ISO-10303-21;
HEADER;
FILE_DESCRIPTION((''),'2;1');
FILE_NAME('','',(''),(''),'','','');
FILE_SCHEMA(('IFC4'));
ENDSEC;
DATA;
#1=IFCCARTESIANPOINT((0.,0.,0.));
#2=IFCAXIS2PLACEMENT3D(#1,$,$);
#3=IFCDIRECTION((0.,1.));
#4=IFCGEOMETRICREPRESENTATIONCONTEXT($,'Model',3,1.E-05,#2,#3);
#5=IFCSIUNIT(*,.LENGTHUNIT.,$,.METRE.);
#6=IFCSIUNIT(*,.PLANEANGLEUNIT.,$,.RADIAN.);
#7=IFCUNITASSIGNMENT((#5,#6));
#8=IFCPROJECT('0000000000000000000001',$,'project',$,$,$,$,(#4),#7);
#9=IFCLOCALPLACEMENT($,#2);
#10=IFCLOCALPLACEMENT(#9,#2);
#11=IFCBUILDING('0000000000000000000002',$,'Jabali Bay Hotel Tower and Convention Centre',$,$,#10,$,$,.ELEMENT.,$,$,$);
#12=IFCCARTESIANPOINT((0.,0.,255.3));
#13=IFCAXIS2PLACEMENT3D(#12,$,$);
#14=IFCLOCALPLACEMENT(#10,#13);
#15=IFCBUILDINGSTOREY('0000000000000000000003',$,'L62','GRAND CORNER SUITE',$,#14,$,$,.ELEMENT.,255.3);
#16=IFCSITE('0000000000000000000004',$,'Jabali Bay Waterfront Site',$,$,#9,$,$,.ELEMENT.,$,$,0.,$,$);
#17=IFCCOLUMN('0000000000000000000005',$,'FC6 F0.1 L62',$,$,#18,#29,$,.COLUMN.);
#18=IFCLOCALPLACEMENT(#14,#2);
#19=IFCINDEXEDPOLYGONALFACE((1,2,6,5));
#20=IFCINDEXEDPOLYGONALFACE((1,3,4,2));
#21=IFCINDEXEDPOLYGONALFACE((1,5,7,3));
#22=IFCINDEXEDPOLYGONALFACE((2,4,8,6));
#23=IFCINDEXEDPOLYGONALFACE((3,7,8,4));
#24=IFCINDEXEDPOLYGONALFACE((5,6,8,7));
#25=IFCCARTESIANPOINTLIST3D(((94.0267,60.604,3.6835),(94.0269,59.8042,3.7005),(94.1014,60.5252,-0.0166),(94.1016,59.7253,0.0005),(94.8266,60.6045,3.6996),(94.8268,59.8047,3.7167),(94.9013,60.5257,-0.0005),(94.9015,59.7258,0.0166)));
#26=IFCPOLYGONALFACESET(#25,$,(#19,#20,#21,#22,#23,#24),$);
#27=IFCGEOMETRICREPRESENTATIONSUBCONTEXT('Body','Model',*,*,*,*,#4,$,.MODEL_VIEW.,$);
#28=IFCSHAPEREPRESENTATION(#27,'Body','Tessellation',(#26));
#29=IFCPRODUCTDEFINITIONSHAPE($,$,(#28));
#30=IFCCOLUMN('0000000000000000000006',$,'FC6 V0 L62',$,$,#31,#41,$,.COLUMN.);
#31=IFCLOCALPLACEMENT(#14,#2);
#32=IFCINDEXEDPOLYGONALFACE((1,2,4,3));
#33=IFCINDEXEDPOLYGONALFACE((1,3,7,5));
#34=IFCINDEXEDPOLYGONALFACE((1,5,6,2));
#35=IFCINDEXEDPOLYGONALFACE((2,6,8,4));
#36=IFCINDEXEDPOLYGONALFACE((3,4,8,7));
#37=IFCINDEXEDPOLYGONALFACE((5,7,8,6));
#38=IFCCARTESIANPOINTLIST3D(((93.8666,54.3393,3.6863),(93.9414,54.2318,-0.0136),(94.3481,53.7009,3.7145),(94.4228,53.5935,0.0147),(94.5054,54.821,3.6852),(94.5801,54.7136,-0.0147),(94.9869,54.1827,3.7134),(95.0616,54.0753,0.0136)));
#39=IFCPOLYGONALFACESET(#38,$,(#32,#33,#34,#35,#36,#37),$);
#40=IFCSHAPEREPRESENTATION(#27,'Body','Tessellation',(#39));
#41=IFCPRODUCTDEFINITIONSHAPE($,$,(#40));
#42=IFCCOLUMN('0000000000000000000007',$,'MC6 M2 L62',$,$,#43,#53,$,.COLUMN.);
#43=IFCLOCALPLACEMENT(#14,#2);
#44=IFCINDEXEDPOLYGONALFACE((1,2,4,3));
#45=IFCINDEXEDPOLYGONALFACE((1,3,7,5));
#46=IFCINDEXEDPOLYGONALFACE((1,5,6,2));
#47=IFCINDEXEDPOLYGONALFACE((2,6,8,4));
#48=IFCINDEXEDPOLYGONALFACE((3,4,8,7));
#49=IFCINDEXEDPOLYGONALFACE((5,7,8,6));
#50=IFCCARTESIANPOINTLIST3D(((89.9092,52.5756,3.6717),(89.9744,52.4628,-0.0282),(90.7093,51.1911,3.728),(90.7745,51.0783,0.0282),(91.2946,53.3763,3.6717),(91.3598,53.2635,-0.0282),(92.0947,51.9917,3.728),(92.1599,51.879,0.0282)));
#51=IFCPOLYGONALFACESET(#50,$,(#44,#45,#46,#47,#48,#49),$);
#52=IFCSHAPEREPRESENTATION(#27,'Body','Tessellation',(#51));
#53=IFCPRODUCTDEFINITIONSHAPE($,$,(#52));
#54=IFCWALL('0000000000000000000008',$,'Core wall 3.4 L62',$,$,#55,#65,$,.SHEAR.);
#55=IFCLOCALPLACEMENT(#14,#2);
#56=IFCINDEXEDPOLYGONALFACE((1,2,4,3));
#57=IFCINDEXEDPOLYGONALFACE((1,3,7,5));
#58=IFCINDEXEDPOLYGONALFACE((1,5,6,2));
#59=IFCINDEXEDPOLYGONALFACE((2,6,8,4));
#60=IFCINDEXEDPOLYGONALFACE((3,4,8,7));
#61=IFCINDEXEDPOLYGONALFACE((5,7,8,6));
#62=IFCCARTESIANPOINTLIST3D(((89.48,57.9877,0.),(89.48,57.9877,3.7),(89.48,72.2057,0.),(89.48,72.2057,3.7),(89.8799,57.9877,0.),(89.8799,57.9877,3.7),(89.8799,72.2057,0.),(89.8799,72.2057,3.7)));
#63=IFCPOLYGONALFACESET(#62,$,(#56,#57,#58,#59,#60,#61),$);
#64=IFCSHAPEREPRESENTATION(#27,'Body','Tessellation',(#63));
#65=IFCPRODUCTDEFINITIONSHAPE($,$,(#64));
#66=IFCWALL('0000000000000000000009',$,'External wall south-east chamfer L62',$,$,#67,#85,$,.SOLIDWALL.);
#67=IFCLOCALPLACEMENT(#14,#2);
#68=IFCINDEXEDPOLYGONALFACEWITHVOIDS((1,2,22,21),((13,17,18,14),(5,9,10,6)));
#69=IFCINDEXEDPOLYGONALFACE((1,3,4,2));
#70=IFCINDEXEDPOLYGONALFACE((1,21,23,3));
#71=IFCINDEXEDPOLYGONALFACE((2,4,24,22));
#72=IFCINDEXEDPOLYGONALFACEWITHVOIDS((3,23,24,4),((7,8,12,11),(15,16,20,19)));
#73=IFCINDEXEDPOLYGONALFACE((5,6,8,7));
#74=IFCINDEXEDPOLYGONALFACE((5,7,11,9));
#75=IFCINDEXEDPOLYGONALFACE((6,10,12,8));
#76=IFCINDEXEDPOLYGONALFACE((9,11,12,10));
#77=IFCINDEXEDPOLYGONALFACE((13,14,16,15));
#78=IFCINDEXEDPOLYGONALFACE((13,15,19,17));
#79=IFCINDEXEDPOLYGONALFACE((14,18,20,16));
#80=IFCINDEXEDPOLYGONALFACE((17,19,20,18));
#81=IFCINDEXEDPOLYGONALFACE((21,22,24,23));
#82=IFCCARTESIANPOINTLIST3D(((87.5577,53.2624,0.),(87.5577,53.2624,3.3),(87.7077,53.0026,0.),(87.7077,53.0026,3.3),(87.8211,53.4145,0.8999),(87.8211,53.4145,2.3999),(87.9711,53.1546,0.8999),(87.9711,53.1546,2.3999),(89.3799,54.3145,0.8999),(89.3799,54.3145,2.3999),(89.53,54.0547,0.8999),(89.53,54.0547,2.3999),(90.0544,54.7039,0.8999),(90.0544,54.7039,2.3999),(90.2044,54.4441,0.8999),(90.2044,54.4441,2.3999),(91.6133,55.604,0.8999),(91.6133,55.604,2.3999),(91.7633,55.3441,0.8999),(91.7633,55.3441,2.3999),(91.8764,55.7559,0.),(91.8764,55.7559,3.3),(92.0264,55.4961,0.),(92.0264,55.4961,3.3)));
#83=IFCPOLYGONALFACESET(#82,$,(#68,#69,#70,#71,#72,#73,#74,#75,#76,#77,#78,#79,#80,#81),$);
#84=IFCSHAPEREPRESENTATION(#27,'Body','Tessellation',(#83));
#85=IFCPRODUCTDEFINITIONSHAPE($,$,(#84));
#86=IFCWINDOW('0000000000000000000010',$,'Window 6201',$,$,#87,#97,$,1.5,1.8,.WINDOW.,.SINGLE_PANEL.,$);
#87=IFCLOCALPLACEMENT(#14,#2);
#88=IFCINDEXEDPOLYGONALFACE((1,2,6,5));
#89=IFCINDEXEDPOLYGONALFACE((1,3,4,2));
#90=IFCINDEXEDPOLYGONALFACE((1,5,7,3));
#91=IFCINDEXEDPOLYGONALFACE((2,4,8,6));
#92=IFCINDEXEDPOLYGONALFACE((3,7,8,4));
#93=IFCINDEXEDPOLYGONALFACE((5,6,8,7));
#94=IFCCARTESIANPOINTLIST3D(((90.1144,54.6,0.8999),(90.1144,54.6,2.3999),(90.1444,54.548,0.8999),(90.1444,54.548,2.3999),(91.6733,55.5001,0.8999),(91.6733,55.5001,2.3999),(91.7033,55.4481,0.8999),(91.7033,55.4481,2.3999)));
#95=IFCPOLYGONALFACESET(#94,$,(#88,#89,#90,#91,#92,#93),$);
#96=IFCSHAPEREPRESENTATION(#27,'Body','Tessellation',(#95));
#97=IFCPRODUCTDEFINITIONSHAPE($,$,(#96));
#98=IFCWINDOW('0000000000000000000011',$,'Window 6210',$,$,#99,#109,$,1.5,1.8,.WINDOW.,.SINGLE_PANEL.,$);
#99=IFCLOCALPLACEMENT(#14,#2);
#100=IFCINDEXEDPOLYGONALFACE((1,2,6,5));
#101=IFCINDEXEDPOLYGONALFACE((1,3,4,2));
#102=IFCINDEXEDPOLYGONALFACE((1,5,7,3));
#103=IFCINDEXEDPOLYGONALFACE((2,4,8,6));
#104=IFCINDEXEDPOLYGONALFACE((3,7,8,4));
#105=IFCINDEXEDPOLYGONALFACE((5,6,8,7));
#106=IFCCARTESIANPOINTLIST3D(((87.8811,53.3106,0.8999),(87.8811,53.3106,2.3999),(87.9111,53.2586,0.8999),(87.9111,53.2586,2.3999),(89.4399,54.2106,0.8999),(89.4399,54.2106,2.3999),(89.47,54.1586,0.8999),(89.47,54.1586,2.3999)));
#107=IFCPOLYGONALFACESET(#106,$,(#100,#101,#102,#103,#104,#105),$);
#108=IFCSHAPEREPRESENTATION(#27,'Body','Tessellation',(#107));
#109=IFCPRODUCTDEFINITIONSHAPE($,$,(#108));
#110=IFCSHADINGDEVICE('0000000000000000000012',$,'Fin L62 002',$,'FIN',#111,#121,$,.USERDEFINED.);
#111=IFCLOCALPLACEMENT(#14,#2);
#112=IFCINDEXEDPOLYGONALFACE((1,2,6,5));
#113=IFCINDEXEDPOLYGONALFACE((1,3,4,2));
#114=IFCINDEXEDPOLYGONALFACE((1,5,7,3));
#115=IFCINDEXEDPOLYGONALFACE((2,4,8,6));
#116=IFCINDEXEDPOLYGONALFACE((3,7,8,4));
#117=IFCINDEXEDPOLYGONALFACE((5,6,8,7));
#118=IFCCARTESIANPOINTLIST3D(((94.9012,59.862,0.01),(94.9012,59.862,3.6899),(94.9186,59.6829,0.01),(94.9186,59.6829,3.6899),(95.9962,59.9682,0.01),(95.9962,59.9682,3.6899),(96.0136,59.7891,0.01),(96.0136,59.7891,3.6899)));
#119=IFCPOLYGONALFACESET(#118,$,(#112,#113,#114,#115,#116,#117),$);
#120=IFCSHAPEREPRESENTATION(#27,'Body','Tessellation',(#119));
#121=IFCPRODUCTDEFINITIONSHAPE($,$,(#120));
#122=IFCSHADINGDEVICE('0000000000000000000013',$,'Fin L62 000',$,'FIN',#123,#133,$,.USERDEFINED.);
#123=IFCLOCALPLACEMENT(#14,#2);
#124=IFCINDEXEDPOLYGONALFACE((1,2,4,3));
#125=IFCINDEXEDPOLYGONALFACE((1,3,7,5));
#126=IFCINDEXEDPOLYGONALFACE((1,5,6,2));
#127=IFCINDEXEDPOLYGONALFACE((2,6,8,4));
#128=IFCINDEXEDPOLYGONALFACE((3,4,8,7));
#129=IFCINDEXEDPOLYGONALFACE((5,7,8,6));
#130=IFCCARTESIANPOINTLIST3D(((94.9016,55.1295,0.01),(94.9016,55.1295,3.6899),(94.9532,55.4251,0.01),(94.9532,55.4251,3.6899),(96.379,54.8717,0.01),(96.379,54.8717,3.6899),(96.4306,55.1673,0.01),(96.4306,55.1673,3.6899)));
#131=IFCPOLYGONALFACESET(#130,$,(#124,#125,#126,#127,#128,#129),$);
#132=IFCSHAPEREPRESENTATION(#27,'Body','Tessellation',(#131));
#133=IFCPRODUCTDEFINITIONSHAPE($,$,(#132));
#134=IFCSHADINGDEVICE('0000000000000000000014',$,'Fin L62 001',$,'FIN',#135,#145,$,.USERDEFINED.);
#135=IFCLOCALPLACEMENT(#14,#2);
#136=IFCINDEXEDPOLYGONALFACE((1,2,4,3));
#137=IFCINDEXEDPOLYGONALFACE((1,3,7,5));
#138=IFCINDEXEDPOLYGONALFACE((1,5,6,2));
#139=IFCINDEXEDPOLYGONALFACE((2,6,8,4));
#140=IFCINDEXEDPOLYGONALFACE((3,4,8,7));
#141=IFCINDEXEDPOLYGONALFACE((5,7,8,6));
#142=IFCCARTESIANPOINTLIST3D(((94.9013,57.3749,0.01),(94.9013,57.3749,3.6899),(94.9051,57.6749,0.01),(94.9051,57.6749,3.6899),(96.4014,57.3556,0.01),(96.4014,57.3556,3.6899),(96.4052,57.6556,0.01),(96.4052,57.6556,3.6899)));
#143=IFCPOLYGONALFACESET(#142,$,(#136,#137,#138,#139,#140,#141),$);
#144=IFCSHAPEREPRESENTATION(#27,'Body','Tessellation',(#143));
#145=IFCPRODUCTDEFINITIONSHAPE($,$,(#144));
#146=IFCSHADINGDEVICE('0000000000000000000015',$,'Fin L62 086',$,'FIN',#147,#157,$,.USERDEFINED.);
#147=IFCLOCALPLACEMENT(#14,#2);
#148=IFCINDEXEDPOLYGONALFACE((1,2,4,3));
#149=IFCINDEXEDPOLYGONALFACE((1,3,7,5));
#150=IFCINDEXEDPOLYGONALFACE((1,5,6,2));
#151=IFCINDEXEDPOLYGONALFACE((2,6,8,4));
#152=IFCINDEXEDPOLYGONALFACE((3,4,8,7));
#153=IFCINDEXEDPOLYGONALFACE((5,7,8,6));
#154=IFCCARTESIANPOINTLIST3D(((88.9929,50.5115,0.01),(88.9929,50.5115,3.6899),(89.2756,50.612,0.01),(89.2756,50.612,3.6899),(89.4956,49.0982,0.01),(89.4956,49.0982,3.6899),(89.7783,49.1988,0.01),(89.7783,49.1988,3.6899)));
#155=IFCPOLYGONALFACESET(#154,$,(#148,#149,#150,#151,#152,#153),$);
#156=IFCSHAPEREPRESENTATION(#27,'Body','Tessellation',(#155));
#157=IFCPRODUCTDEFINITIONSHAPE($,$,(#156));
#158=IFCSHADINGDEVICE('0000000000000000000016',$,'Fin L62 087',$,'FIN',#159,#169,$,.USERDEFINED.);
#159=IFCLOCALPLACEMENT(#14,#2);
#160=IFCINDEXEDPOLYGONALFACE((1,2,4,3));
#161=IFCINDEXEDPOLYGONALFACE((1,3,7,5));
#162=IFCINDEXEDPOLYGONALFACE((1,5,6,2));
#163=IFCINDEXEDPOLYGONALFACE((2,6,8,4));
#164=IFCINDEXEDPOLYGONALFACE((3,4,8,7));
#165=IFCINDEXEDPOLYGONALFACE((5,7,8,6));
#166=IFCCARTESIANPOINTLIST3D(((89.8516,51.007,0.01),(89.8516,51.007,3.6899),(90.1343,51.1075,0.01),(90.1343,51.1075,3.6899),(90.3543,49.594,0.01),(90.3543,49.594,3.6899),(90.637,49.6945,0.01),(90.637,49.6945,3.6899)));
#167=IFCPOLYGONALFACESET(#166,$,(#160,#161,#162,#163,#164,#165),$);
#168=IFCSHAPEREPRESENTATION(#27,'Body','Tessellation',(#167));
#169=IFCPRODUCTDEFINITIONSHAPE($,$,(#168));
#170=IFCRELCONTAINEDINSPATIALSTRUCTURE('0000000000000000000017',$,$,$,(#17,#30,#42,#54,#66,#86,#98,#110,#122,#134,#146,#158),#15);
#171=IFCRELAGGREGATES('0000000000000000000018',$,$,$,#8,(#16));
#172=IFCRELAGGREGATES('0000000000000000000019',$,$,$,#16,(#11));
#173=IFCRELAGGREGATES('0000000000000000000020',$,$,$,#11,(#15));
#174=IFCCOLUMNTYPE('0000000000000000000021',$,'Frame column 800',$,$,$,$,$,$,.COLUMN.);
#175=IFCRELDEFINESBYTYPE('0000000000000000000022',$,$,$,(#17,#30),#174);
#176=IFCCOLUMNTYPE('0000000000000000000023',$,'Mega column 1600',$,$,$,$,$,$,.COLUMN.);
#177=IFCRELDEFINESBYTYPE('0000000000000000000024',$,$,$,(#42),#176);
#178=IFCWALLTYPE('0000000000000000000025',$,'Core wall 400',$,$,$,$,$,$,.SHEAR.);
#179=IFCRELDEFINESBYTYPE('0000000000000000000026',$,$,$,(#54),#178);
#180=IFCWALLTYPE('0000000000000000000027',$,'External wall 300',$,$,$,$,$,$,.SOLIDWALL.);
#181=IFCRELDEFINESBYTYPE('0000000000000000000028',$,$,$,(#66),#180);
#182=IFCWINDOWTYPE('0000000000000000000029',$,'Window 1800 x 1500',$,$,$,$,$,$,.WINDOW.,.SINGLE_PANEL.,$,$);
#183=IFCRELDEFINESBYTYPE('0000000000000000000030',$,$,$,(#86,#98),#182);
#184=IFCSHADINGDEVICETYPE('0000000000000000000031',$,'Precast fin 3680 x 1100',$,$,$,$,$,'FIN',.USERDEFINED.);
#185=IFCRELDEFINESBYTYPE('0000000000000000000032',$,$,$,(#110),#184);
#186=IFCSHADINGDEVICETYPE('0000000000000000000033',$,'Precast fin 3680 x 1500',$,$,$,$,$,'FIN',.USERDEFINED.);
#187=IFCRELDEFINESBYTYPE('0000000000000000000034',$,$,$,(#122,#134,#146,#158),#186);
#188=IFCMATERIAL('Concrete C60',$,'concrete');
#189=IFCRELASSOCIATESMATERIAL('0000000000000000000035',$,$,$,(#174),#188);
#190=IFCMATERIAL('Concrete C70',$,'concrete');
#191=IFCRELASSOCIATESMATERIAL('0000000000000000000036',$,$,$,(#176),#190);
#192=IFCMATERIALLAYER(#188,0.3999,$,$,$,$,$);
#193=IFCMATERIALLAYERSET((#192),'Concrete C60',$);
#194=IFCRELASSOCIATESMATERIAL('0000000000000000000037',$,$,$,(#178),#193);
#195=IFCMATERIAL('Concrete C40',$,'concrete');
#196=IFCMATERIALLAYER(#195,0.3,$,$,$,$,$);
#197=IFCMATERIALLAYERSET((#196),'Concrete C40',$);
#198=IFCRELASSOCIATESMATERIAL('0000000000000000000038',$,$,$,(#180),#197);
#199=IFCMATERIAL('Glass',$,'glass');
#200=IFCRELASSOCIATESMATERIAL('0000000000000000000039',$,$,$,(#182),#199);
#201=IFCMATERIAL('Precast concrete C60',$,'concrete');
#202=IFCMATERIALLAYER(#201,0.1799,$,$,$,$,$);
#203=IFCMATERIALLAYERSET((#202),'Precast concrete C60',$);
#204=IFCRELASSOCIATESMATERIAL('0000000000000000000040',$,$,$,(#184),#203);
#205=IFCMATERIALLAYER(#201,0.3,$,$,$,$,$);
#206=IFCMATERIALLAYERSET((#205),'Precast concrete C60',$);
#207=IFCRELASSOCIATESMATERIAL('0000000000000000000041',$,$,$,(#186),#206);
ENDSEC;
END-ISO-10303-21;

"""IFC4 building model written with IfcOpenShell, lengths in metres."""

from ifc_helpers import new_model, si_unit, direction, frame, frame_2d, origin, origin_2d, place, context, subcontext, project, spatial, rectangle, extrude, material, layer, layer_set, material_profile, profile_set, type_object, element, fill, save


model = new_model("IFC4")

# Units and contexts
model_context = context("Model", 3, precision=1e-05, world=origin(), true_north=direction((0.0, 1.0)))
body_context = subcontext(model_context, "Body", "Model", "MODEL_VIEW")
ifc_project = project(units=[si_unit("LENGTHUNIT", "METRE"), si_unit("PLANEANGLEUNIT", "RADIAN")], contexts=[model_context])

# Site, building, storey
site_placement = place(None, origin())
site = spatial("IfcSite", under=ifc_project, at=site_placement, Name="Jabali Bay Waterfront Site", CompositionType="ELEMENT", RefElevation=0.0)
building_placement = place(site_placement, origin())
building = spatial("IfcBuilding", under=site, at=building_placement, Name="Jabali Bay Hotel Tower and Convention Centre", CompositionType="ELEMENT")
storey_placement = place(building_placement, frame((0.0, 0.0, 255.3)))
storey = spatial("IfcBuildingStorey", under=building, at=storey_placement, Name="L62", Description="GRAND CORNER SUITE", CompositionType="ELEMENT", Elevation=255.3)

# Columns
ifc_material_1 = material(Name="Concrete C60", Category="concrete")
ifc_material_profile_1 = material_profile(ifc_material_1, rectangle(XDim=0.8, YDim=0.8, at=origin_2d()), Name="Frame column 800")
ifc_profile_set_1 = profile_set([ifc_material_profile_1], Name="Concrete C60")
column_type_1 = type_object("IfcColumnType", Name="Frame column 800", PredefinedType="COLUMN", material=ifc_profile_set_1)
column_1_placement = place(storey_placement, frame((94.5015, 60.1255, 0.0), z_axis=(-0.020183, 0.021304, 0.999569), x_axis=(0.000228, -0.999773, 0.021313)))
element("IfcColumn", 1, at=column_1_placement, inside=storey, type_object=column_type_1, Name="FC6 F0.1 L62", PredefinedType="COLUMN", context=body_context, shape_type="SweptSolid", body=[
    extrude(rectangle(XDim=0.8, YDim=0.8, at=origin_2d()), origin(), (0.0, 0.0, 1.0), 3.7017),
])
column_2_placement = place(storey_placement, frame((94.5015, 54.1536, 0.0), z_axis=(-0.020179, 0.029015, 0.999375), x_axis=(-0.798376, -0.602158, 0.001362)))
element("IfcColumn", 2, at=column_2_placement, inside=storey, type_object=column_type_1, Name="FC6 V0 L62", PredefinedType="COLUMN", context=body_context, shape_type="SweptSolid", body=[
    extrude(rectangle(XDim=0.8, YDim=0.8, at=origin_2d()), origin(), (0.0, 0.0, 1.0), 3.7021),
])
ifc_material_2 = material(Name="Concrete C70", Category="concrete")
ifc_material_profile_2 = material_profile(ifc_material_2, rectangle(XDim=1.6001, YDim=1.6001, at=origin_2d()), Name="Mega column 1600")
ifc_profile_set_2 = profile_set([ifc_material_profile_2], Name="Concrete C70")
column_type_2 = type_object("IfcColumnType", Name="Mega column 1600", PredefinedType="COLUMN", material=ifc_profile_set_2)
column_3_placement = place(storey_placement, frame((91.0671, 52.1709, 0.0), z_axis=(-0.017607, 0.030466, 0.999381), x_axis=(0.500061, -0.865275, 0.035188)))
element("IfcColumn", 3, at=column_3_placement, inside=storey, type_object=column_type_2, Name="MC6 M2 L62", PredefinedType="COLUMN", context=body_context, shape_type="SweptSolid", body=[
    extrude(rectangle(XDim=1.6001, YDim=1.6001, at=origin_2d()), origin(), (0.0, 0.0, 1.0), 3.7021),
])

# Wall
ifc_layer_1 = layer(ifc_material_1, 0.3999)
ifc_layer_set_1 = layer_set([ifc_layer_1], Name="Concrete C60")
wall_type_1 = type_object("IfcWallType", Name="Core wall 400", PredefinedType="SHEAR", material=ifc_layer_set_1)
wall_1_placement = place(storey_placement, frame((89.6799, 57.9878, 0.0), z_axis=(0.0, 0.0, 1.0), x_axis=(0.0, 1.0, 0.0)))
element("IfcWall", 4, at=wall_1_placement, inside=storey, type_object=wall_type_1, Name="Core wall 3.4 L62", PredefinedType="SHEAR", context=body_context, shape_type="SweptSolid", body=[
    extrude(rectangle(XDim=14.218, YDim=0.3999, at=frame_2d((7.1089, 0.0))), origin(), (0.0, 0.0, 1.0), 3.7),
])

# Wall, openings, windows
ifc_material_3 = material(Name="Concrete C40", Category="concrete")
ifc_layer_2 = layer(ifc_material_3, 0.3)
ifc_layer_set_2 = layer_set([ifc_layer_2], Name="Concrete C40")
wall_type_2 = type_object("IfcWallType", Name="External wall 300", PredefinedType="SOLIDWALL", material=ifc_layer_set_2)
wall_2_placement = place(storey_placement, frame((91.9514, 55.626, 0.0), z_axis=(0.0, 0.0, 1.0), x_axis=(-0.86602, -0.500009, 0.0)))
wall_2 = element("IfcWall", 5, at=wall_2_placement, inside=storey, type_object=wall_type_2, Name="External wall south-east chamfer L62", PredefinedType="SOLIDWALL", context=body_context, shape_type="SweptSolid", body=[
    extrude(rectangle(XDim=4.9868, YDim=0.3, at=frame_2d((2.4934, 0.0))), origin(), (0.0, 0.0, 1.0), 3.3),
])
opening_1_placement = place(wall_2_placement, frame((0.304, 0.0, 0.8999)))
opening_1 = element("IfcOpeningElement", 6, at=opening_1_placement, cuts=wall_2, PredefinedType="OPENING", context=body_context, shape_type="SweptSolid", body=[
    extrude(rectangle(XDim=1.8, YDim=1.5, at=frame_2d((0.8999, 0.75))), frame((0.0, 0.1606, 0.0), z_axis=(0.0, -1.0, 0.0), x_axis=(1.0, 0.0, 0.0)), (0.0, 0.0, 1.0), 0.321),
])
opening_2_placement = place(wall_2_placement, frame((2.8828, 0.0, 0.8999)))
opening_2 = element("IfcOpeningElement", 7, at=opening_2_placement, cuts=wall_2, PredefinedType="OPENING", context=body_context, shape_type="SweptSolid", body=[
    extrude(rectangle(XDim=1.8, YDim=1.5, at=frame_2d((0.8999, 0.75))), frame((0.0, 0.1606, 0.0), z_axis=(0.0, -1.0, 0.0), x_axis=(1.0, 0.0, 0.0)), (0.0, 0.0, 1.0), 0.321),
])
ifc_material_4 = material(Name="Glass", Category="glass")
window_type = type_object("IfcWindowType", Name="Window 1800 x 1500", PartitioningType="SINGLE_PANEL", PredefinedType="WINDOW", material=ifc_material_4)
window_1_placement = place(opening_1_placement, origin())
window_1 = element("IfcWindow", 8, at=window_1_placement, inside=storey, type_object=window_type, Name="Window 6201", OverallHeight=1.5, OverallWidth=1.8, PartitioningType="SINGLE_PANEL", PredefinedType="WINDOW", context=body_context, shape_type="SweptSolid", body=[
    extrude(rectangle(XDim=1.8, YDim=1.5, at=frame_2d((0.8999, 0.75))), frame((0.0, 0.03, 0.0), z_axis=(0.0, -1.0, 0.0), x_axis=(1.0, 0.0, 0.0)), (0.0, 0.0, 1.0), 0.0601),
])
fill(opening_1, window_1)
window_2_placement = place(opening_2_placement, origin())
window_2 = element("IfcWindow", 9, at=window_2_placement, inside=storey, type_object=window_type, Name="Window 6210", OverallHeight=1.5, OverallWidth=1.8, PartitioningType="SINGLE_PANEL", PredefinedType="WINDOW", context=body_context, shape_type="SweptSolid", body=[
    extrude(rectangle(XDim=1.8, YDim=1.5, at=frame_2d((0.8999, 0.75))), frame((0.0, 0.03, 0.0), z_axis=(0.0, -1.0, 0.0), x_axis=(1.0, 0.0, 0.0)), (0.0, 0.0, 1.0), 0.0601),
])
fill(opening_2, window_2)

# Shading devices
ifc_material_5 = material(Name="Precast concrete C60", Category="concrete")
ifc_layer_3 = layer(ifc_material_5, 0.1799)
ifc_layer_set_3 = layer_set([ifc_layer_3], Name="Precast concrete C60")
shading_device_type_1 = type_object("IfcShadingDeviceType", Name="Precast fin 3680 x 1100", ElementType="FIN", PredefinedType="USERDEFINED", material=ifc_layer_set_3)
shading_device_1_placement = place(storey_placement, frame((94.9099, 59.7725, 0.01), z_axis=(0.0, 0.0, 1.0), x_axis=(0.995329, 0.096537, 0.0)))
element("IfcShadingDevice", 10, at=shading_device_1_placement, inside=storey, type_object=shading_device_type_1, Name="Fin L62 002", ObjectType="FIN", PredefinedType="USERDEFINED", context=body_context, shape_type="SweptSolid", body=[
    extrude(rectangle(XDim=1.1001, YDim=0.1799, at=frame_2d((0.55, 0.0))), origin(), (0.0, 0.0, 1.0), 3.6799),
])
ifc_layer_4 = layer(ifc_material_5, 0.3)
ifc_layer_set_4 = layer_set([ifc_layer_4], Name="Precast concrete C60")
shading_device_type_2 = type_object("IfcShadingDeviceType", Name="Precast fin 3680 x 1500", ElementType="FIN", PredefinedType="USERDEFINED", material=ifc_layer_set_4)
shading_device_2_placement = place(storey_placement, frame((94.9272, 55.2773, 0.01), z_axis=(0.0, 0.0, 1.0), x_axis=(0.985116, -0.171891, 0.0)))
element("IfcShadingDevice", 11, at=shading_device_2_placement, inside=storey, type_object=shading_device_type_2, Name="Fin L62 000", ObjectType="FIN", PredefinedType="USERDEFINED", context=body_context, shape_type="SweptSolid", body=[
    extrude(rectangle(XDim=1.4998, YDim=0.3, at=frame_2d((0.75, 0.0))), origin(), (0.0, 0.0, 1.0), 3.6799),
])
shading_device_3_placement = place(storey_placement, frame((94.9033, 57.5249, 0.01), z_axis=(0.0, 0.0, 1.0), x_axis=(0.999917, -0.012857, 0.0)))
element("IfcShadingDevice", 12, at=shading_device_3_placement, inside=storey, type_object=shading_device_type_2, Name="Fin L62 001", ObjectType="FIN", PredefinedType="USERDEFINED", context=body_context, shape_type="SweptSolid", body=[
    extrude(rectangle(XDim=1.5002, YDim=0.3, at=frame_2d((0.75, 0.0))), origin(), (0.0, 0.0, 1.0), 3.6799),
])
shading_device_4_placement = place(storey_placement, frame((89.1343, 50.5618, 0.01), z_axis=(0.0, 0.0, 1.0), x_axis=(0.335109, -0.942179, 0.0)))
element("IfcShadingDevice", 13, at=shading_device_4_placement, inside=storey, type_object=shading_device_type_2, Name="Fin L62 086", ObjectType="FIN", PredefinedType="USERDEFINED", context=body_context, shape_type="SweptSolid", body=[
    extrude(rectangle(XDim=1.5, YDim=0.3, at=frame_2d((0.75, 0.0))), origin(), (0.0, 0.0, 1.0), 3.6799),
])
shading_device_5_placement = place(storey_placement, frame((89.9929, 51.0574, 0.01), z_axis=(0.0, 0.0, 1.0), x_axis=(0.335161, -0.942161, 0.0)))
element("IfcShadingDevice", 14, at=shading_device_5_placement, inside=storey, type_object=shading_device_type_2, Name="Fin L62 087", ObjectType="FIN", PredefinedType="USERDEFINED", context=body_context, shape_type="SweptSolid", body=[
    extrude(rectangle(XDim=1.4998, YDim=0.3, at=frame_2d((0.75, 0.0))), origin(), (0.0, 0.0, 1.0), 3.6799),
])

save(model, "model.ifc")
